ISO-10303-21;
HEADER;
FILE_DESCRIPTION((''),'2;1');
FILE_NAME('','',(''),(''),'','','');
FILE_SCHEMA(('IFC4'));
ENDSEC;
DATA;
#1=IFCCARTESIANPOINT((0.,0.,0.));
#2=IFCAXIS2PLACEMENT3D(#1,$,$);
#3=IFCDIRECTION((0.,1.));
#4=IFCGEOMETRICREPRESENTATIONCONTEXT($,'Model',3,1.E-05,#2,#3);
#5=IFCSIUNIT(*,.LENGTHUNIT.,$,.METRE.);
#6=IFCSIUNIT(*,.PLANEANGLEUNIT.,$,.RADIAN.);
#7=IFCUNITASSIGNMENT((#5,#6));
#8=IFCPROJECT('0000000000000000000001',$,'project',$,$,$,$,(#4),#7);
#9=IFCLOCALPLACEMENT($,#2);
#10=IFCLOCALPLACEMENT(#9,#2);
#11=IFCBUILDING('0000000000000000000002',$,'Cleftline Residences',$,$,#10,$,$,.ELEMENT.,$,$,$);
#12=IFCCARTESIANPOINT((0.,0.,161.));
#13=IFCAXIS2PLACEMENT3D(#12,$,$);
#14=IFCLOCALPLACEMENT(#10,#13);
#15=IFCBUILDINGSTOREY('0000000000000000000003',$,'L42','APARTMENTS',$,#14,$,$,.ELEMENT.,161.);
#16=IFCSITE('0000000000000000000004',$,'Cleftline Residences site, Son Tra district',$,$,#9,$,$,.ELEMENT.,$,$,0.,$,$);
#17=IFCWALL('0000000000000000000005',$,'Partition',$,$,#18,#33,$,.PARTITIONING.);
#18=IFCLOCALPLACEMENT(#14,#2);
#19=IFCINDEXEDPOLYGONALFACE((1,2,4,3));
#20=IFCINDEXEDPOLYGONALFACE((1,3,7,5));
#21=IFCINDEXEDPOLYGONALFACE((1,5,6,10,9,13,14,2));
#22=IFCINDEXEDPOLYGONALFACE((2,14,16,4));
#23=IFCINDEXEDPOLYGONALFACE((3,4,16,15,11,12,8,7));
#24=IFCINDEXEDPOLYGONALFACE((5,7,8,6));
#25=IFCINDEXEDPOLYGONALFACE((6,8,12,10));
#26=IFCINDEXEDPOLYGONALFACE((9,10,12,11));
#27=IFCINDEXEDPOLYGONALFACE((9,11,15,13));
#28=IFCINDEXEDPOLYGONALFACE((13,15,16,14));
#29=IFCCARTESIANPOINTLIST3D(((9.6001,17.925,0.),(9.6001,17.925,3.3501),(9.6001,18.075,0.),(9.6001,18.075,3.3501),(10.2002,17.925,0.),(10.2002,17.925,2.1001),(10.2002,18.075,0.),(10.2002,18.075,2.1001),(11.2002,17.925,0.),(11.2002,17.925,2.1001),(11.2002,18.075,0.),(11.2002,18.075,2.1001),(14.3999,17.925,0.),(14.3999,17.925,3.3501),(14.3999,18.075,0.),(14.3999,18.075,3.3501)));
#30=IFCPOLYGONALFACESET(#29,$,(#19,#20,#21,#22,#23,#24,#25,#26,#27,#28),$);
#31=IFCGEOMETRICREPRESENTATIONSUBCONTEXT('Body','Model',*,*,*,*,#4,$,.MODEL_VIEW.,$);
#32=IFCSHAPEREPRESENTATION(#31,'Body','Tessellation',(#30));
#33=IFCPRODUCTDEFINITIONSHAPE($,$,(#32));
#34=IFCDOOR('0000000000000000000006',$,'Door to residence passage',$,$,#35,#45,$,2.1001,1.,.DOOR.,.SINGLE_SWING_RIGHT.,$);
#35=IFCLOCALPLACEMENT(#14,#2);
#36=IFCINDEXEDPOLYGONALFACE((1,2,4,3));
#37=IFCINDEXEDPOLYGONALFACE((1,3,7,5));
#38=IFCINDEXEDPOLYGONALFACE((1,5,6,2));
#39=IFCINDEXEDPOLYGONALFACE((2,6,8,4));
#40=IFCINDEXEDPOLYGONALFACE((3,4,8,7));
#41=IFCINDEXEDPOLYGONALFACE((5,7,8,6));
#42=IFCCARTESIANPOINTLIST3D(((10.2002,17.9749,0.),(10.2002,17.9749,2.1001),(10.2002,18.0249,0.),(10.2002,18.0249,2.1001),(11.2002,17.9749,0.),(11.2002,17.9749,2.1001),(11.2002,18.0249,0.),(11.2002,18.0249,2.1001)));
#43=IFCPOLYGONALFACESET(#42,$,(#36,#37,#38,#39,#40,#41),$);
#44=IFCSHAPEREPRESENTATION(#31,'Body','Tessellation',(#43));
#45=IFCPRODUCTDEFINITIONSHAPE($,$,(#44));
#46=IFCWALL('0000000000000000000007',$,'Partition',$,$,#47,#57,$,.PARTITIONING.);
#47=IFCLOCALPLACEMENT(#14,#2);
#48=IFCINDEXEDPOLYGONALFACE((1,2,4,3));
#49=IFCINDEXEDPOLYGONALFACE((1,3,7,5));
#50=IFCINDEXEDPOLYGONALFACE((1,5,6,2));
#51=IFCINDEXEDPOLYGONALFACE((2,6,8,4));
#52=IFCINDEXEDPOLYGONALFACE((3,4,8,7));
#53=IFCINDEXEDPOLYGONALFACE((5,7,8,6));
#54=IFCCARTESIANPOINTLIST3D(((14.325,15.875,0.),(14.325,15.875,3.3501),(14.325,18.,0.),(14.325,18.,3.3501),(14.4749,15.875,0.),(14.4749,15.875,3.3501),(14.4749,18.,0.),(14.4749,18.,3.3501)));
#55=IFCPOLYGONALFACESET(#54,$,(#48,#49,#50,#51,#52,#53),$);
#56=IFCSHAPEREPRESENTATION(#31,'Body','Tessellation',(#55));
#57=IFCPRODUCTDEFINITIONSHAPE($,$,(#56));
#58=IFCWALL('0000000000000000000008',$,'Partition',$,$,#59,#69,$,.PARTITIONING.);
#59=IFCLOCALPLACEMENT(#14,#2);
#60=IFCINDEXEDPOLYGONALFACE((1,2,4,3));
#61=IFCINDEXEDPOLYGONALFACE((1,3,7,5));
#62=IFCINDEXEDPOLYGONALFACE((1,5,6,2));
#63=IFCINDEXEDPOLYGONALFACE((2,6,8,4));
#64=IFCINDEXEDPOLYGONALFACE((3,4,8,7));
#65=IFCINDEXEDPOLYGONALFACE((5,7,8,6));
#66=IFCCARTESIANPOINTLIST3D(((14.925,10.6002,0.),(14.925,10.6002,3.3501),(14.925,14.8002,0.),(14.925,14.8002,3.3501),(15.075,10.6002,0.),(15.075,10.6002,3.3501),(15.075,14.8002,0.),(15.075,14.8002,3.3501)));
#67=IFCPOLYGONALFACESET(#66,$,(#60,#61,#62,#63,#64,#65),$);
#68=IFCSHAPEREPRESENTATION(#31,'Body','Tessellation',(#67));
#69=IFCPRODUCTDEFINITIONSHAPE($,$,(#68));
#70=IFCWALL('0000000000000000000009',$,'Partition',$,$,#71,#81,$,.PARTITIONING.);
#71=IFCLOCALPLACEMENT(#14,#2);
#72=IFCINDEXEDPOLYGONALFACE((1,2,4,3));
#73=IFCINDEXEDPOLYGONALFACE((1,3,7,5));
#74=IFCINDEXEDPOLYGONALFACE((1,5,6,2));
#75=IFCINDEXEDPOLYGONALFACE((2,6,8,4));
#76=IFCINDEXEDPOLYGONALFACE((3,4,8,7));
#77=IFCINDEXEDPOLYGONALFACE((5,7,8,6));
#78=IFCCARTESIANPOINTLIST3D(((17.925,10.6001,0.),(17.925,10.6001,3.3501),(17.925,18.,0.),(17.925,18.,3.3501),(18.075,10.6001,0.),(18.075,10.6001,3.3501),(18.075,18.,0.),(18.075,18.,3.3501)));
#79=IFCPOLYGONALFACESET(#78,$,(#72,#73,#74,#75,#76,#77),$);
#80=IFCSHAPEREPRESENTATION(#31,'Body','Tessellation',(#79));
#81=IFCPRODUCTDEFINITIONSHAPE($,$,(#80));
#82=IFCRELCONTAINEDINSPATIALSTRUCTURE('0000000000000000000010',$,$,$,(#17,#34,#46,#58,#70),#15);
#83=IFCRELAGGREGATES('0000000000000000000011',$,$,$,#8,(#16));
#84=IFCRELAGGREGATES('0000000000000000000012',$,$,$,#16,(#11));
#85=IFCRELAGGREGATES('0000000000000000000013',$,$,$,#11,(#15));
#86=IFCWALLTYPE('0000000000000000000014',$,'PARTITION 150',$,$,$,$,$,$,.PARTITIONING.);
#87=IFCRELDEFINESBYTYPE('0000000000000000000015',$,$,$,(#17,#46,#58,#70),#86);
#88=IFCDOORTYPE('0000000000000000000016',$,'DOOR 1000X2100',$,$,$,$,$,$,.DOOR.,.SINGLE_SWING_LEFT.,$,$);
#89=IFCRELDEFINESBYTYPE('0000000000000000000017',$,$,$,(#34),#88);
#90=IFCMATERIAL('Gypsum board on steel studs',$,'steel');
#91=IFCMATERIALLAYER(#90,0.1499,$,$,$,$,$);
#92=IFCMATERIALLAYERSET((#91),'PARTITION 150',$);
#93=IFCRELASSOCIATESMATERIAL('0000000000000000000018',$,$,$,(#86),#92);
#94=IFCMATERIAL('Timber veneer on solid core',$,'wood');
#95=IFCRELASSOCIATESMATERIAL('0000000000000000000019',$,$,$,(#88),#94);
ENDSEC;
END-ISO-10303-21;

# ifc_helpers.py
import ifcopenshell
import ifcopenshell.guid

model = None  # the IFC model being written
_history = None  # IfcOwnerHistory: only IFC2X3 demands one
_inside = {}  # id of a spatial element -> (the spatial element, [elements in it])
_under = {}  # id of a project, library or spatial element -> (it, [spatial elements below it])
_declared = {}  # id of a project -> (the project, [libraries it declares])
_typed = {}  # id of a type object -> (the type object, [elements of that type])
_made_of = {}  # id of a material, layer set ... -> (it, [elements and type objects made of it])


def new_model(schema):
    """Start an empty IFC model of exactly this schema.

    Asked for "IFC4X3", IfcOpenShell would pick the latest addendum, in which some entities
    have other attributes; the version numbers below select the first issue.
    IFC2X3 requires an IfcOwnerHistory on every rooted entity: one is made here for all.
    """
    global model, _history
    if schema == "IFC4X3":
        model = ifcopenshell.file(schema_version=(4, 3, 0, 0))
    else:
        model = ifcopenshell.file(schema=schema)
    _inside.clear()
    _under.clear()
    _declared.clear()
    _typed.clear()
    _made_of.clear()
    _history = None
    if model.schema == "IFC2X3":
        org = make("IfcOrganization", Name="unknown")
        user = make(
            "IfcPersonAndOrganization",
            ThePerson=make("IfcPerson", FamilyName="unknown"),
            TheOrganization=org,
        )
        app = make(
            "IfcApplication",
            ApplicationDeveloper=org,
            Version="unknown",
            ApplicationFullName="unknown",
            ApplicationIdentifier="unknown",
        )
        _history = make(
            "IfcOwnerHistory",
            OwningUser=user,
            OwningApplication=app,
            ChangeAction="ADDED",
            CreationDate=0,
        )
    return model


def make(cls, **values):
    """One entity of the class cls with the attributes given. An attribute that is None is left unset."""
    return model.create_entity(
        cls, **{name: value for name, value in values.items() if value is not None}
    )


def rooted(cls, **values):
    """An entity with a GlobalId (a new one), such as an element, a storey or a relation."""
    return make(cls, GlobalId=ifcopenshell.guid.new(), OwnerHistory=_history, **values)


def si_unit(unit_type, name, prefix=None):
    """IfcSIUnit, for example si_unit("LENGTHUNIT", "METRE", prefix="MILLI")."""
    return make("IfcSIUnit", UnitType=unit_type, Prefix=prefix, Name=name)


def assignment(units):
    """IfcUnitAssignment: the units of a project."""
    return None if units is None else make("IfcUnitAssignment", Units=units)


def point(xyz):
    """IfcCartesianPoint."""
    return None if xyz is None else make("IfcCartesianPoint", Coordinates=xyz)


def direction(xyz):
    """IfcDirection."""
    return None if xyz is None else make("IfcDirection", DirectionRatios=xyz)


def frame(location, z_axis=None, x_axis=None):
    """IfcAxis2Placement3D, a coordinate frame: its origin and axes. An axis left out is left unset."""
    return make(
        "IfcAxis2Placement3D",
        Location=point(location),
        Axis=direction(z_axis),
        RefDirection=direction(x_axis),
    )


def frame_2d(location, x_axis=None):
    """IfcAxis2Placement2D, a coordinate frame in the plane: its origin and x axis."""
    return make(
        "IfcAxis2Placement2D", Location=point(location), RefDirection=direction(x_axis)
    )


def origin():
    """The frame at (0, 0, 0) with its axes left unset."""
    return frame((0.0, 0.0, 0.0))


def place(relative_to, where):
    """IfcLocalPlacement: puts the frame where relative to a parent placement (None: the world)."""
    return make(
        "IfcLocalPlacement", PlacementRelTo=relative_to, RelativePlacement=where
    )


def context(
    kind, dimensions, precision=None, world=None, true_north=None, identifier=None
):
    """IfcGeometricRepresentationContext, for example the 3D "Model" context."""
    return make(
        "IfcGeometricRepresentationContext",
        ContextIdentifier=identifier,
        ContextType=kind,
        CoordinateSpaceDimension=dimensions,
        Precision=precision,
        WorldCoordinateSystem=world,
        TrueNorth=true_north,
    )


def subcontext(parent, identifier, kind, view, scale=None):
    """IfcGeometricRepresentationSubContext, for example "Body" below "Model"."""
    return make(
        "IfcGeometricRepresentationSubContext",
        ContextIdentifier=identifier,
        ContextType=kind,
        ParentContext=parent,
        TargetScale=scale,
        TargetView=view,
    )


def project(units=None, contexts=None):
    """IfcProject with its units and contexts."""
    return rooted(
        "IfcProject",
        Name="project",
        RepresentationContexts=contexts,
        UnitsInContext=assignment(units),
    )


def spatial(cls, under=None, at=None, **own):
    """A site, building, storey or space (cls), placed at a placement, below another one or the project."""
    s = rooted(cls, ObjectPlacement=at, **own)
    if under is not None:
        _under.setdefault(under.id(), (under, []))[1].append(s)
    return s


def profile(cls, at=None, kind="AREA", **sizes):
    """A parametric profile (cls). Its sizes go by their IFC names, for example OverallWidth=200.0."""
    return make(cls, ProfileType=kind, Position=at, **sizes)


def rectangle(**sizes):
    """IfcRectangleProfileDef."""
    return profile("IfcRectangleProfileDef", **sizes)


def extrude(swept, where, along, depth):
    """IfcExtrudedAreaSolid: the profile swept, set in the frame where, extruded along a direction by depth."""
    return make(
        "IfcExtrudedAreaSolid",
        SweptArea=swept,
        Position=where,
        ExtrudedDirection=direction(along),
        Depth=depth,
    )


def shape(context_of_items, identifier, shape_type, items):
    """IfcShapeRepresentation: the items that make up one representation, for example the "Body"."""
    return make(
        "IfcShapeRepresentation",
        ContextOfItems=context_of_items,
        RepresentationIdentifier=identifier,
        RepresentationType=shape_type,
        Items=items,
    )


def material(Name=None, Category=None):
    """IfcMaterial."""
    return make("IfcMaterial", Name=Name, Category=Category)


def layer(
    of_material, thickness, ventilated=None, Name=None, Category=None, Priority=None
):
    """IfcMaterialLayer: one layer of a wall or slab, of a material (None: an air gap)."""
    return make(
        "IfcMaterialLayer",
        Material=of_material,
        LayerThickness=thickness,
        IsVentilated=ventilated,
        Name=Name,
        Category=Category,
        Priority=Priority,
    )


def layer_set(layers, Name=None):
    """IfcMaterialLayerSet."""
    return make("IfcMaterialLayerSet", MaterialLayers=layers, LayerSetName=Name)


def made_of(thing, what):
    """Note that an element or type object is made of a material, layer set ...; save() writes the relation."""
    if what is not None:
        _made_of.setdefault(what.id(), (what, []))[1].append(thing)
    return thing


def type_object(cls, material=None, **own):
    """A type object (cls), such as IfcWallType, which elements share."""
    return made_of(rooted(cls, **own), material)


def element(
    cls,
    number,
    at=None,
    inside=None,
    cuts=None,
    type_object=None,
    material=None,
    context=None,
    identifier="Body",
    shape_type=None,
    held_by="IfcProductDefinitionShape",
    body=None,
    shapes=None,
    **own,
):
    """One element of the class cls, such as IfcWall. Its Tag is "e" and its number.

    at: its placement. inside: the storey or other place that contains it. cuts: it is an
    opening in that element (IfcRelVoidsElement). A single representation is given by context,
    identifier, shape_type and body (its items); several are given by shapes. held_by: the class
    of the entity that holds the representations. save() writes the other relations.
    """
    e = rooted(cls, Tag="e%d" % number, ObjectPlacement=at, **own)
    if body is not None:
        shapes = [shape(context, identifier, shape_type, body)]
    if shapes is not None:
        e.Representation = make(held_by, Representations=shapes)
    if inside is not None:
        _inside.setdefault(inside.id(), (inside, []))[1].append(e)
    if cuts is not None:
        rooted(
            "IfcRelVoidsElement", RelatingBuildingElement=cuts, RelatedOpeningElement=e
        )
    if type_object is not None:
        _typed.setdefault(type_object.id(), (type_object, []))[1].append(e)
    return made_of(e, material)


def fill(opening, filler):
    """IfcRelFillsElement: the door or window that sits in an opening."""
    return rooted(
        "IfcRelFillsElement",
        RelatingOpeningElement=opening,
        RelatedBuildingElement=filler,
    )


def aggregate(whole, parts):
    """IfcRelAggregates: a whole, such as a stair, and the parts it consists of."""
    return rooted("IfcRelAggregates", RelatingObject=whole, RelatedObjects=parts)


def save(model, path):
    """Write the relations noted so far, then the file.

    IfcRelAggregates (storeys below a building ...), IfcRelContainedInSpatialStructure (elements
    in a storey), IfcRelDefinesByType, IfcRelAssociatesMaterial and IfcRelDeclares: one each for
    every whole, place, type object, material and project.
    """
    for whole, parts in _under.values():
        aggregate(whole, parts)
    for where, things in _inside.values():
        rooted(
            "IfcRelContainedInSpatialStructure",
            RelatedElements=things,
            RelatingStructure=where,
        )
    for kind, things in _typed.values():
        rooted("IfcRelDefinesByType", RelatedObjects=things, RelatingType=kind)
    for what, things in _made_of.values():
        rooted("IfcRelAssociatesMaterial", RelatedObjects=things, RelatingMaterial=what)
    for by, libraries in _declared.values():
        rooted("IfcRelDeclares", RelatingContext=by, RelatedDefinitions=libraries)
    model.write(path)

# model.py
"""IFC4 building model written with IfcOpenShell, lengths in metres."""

from ifc_helpers import new_model, si_unit, direction, frame, frame_2d, origin, place, context, subcontext, project, spatial, rectangle, extrude, material, layer, layer_set, type_object, element, fill, save


model = new_model("IFC4")

# Units and contexts
model_context = context("Model", 3, precision=1e-05, world=origin(), true_north=direction((0.0, 1.0)))
body_context = subcontext(model_context, "Body", "Model", "MODEL_VIEW")
ifc_project = project(units=[si_unit("LENGTHUNIT", "METRE"), si_unit("PLANEANGLEUNIT", "RADIAN")], contexts=[model_context])

# Site, building, storey
site_placement = place(None, origin())
site = spatial("IfcSite", under=ifc_project, at=site_placement, Name="Cleftline Residences site, Son Tra district", CompositionType="ELEMENT", RefElevation=0.0)
building_placement = place(site_placement, origin())
building = spatial("IfcBuilding", under=site, at=building_placement, Name="Cleftline Residences", CompositionType="ELEMENT")
storey_placement = place(building_placement, frame((0.0, 0.0, 161.0)))
storey = spatial("IfcBuildingStorey", under=building, at=storey_placement, Name="L42", Description="APARTMENTS", CompositionType="ELEMENT", Elevation=161.0)

# Shared definitions
ifc_material_1 = material(Name="Gypsum board on steel studs", Category="steel")
ifc_layer_1 = layer(ifc_material_1, 0.1499)
ifc_layer_set_1 = layer_set([ifc_layer_1], Name="PARTITION 150")
wall_type_1 = type_object("IfcWallType", Name="PARTITION 150", PredefinedType="PARTITIONING", material=ifc_layer_set_1)

# Wall, opening, door
wall_1_placement = place(storey_placement, frame((9.6001, 18.0, 0.0), z_axis=(0.0, 0.0, 1.0), x_axis=(1.0, 0.0, 0.0)))
wall_1 = element("IfcWall", 1, at=wall_1_placement, inside=storey, type_object=wall_type_1, Name="Partition", PredefinedType="PARTITIONING", context=body_context, shape_type="SweptSolid", body=[
    extrude(rectangle(XDim=4.7998, YDim=0.1499, at=frame_2d((2.3999, 0.0))), origin(), (0.0, 0.0, 1.0), 3.3501),
])
opening_1_placement = place(wall_1_placement, frame((0.6001, 0.0, 0.0)))
opening_1 = element("IfcOpeningElement", 2, at=opening_1_placement, cuts=wall_1, PredefinedType="OPENING", context=body_context, shape_type="SweptSolid", body=[
    extrude(rectangle(XDim=1.0, YDim=2.1001, at=frame_2d((0.5, 1.05))), frame((0.0, 0.085, 0.0), z_axis=(0.0, -1.0, 0.0), x_axis=(1.0, 0.0, 0.0)), (0.0, 0.0, 1.0), 0.1699),
])
ifc_material_2 = material(Name="Timber veneer on solid core", Category="wood")
door_type_1 = type_object("IfcDoorType", Name="DOOR 1000X2100", OperationType="SINGLE_SWING_LEFT", PredefinedType="DOOR", material=ifc_material_2)
door_1_placement = place(opening_1_placement, origin())
door_1 = element("IfcDoor", 3, at=door_1_placement, inside=storey, type_object=door_type_1, Name="Door to residence passage", OperationType="SINGLE_SWING_RIGHT", OverallHeight=2.1001, OverallWidth=1.0, PredefinedType="DOOR", context=body_context, shape_type="SweptSolid", body=[
    extrude(rectangle(XDim=1.0, YDim=2.1001, at=frame_2d((0.5, 1.05))), frame((0.0, 0.0249, 0.0), z_axis=(0.0, -1.0, 0.0), x_axis=(1.0, 0.0, 0.0)), (0.0, 0.0, 1.0), 0.05),
])
fill(opening_1, door_1)

# Walls
wall_2_placement = place(storey_placement, frame((14.3999, 15.875, 0.0), z_axis=(0.0, 0.0, 1.0), x_axis=(0.0, 1.0, 0.0)))
element("IfcWall", 4, at=wall_2_placement, inside=storey, type_object=wall_type_1, Name="Partition", PredefinedType="PARTITIONING", context=body_context, shape_type="SweptSolid", body=[
    extrude(rectangle(XDim=2.125, YDim=0.1499, at=frame_2d((1.0625, 0.0))), origin(), (0.0, 0.0, 1.0), 3.3501),
])
wall_3_placement = place(storey_placement, frame((15.0, 10.6001, 0.0), z_axis=(0.0, 0.0, 1.0), x_axis=(0.0, 1.0, 0.0)))
element("IfcWall", 5, at=wall_3_placement, inside=storey, type_object=wall_type_1, Name="Partition", PredefinedType="PARTITIONING", context=body_context, shape_type="SweptSolid", body=[
    extrude(rectangle(XDim=4.2, YDim=0.1499, at=frame_2d((2.1001, 0.0))), origin(), (0.0, 0.0, 1.0), 3.3501),
])
wall_4_placement = place(storey_placement, frame((18.0, 10.6001, 0.0), z_axis=(0.0, 0.0, 1.0), x_axis=(0.0, 1.0, 0.0)))
element("IfcWall", 6, at=wall_4_placement, inside=storey, type_object=wall_type_1, Name="Partition", PredefinedType="PARTITIONING", context=body_context, shape_type="SweptSolid", body=[
    extrude(rectangle(XDim=7.3999, YDim=0.1499, at=frame_2d((3.7, 0.0))), origin(), (0.0, 0.0, 1.0), 3.3501),
])

save(model, "model.ifc")
